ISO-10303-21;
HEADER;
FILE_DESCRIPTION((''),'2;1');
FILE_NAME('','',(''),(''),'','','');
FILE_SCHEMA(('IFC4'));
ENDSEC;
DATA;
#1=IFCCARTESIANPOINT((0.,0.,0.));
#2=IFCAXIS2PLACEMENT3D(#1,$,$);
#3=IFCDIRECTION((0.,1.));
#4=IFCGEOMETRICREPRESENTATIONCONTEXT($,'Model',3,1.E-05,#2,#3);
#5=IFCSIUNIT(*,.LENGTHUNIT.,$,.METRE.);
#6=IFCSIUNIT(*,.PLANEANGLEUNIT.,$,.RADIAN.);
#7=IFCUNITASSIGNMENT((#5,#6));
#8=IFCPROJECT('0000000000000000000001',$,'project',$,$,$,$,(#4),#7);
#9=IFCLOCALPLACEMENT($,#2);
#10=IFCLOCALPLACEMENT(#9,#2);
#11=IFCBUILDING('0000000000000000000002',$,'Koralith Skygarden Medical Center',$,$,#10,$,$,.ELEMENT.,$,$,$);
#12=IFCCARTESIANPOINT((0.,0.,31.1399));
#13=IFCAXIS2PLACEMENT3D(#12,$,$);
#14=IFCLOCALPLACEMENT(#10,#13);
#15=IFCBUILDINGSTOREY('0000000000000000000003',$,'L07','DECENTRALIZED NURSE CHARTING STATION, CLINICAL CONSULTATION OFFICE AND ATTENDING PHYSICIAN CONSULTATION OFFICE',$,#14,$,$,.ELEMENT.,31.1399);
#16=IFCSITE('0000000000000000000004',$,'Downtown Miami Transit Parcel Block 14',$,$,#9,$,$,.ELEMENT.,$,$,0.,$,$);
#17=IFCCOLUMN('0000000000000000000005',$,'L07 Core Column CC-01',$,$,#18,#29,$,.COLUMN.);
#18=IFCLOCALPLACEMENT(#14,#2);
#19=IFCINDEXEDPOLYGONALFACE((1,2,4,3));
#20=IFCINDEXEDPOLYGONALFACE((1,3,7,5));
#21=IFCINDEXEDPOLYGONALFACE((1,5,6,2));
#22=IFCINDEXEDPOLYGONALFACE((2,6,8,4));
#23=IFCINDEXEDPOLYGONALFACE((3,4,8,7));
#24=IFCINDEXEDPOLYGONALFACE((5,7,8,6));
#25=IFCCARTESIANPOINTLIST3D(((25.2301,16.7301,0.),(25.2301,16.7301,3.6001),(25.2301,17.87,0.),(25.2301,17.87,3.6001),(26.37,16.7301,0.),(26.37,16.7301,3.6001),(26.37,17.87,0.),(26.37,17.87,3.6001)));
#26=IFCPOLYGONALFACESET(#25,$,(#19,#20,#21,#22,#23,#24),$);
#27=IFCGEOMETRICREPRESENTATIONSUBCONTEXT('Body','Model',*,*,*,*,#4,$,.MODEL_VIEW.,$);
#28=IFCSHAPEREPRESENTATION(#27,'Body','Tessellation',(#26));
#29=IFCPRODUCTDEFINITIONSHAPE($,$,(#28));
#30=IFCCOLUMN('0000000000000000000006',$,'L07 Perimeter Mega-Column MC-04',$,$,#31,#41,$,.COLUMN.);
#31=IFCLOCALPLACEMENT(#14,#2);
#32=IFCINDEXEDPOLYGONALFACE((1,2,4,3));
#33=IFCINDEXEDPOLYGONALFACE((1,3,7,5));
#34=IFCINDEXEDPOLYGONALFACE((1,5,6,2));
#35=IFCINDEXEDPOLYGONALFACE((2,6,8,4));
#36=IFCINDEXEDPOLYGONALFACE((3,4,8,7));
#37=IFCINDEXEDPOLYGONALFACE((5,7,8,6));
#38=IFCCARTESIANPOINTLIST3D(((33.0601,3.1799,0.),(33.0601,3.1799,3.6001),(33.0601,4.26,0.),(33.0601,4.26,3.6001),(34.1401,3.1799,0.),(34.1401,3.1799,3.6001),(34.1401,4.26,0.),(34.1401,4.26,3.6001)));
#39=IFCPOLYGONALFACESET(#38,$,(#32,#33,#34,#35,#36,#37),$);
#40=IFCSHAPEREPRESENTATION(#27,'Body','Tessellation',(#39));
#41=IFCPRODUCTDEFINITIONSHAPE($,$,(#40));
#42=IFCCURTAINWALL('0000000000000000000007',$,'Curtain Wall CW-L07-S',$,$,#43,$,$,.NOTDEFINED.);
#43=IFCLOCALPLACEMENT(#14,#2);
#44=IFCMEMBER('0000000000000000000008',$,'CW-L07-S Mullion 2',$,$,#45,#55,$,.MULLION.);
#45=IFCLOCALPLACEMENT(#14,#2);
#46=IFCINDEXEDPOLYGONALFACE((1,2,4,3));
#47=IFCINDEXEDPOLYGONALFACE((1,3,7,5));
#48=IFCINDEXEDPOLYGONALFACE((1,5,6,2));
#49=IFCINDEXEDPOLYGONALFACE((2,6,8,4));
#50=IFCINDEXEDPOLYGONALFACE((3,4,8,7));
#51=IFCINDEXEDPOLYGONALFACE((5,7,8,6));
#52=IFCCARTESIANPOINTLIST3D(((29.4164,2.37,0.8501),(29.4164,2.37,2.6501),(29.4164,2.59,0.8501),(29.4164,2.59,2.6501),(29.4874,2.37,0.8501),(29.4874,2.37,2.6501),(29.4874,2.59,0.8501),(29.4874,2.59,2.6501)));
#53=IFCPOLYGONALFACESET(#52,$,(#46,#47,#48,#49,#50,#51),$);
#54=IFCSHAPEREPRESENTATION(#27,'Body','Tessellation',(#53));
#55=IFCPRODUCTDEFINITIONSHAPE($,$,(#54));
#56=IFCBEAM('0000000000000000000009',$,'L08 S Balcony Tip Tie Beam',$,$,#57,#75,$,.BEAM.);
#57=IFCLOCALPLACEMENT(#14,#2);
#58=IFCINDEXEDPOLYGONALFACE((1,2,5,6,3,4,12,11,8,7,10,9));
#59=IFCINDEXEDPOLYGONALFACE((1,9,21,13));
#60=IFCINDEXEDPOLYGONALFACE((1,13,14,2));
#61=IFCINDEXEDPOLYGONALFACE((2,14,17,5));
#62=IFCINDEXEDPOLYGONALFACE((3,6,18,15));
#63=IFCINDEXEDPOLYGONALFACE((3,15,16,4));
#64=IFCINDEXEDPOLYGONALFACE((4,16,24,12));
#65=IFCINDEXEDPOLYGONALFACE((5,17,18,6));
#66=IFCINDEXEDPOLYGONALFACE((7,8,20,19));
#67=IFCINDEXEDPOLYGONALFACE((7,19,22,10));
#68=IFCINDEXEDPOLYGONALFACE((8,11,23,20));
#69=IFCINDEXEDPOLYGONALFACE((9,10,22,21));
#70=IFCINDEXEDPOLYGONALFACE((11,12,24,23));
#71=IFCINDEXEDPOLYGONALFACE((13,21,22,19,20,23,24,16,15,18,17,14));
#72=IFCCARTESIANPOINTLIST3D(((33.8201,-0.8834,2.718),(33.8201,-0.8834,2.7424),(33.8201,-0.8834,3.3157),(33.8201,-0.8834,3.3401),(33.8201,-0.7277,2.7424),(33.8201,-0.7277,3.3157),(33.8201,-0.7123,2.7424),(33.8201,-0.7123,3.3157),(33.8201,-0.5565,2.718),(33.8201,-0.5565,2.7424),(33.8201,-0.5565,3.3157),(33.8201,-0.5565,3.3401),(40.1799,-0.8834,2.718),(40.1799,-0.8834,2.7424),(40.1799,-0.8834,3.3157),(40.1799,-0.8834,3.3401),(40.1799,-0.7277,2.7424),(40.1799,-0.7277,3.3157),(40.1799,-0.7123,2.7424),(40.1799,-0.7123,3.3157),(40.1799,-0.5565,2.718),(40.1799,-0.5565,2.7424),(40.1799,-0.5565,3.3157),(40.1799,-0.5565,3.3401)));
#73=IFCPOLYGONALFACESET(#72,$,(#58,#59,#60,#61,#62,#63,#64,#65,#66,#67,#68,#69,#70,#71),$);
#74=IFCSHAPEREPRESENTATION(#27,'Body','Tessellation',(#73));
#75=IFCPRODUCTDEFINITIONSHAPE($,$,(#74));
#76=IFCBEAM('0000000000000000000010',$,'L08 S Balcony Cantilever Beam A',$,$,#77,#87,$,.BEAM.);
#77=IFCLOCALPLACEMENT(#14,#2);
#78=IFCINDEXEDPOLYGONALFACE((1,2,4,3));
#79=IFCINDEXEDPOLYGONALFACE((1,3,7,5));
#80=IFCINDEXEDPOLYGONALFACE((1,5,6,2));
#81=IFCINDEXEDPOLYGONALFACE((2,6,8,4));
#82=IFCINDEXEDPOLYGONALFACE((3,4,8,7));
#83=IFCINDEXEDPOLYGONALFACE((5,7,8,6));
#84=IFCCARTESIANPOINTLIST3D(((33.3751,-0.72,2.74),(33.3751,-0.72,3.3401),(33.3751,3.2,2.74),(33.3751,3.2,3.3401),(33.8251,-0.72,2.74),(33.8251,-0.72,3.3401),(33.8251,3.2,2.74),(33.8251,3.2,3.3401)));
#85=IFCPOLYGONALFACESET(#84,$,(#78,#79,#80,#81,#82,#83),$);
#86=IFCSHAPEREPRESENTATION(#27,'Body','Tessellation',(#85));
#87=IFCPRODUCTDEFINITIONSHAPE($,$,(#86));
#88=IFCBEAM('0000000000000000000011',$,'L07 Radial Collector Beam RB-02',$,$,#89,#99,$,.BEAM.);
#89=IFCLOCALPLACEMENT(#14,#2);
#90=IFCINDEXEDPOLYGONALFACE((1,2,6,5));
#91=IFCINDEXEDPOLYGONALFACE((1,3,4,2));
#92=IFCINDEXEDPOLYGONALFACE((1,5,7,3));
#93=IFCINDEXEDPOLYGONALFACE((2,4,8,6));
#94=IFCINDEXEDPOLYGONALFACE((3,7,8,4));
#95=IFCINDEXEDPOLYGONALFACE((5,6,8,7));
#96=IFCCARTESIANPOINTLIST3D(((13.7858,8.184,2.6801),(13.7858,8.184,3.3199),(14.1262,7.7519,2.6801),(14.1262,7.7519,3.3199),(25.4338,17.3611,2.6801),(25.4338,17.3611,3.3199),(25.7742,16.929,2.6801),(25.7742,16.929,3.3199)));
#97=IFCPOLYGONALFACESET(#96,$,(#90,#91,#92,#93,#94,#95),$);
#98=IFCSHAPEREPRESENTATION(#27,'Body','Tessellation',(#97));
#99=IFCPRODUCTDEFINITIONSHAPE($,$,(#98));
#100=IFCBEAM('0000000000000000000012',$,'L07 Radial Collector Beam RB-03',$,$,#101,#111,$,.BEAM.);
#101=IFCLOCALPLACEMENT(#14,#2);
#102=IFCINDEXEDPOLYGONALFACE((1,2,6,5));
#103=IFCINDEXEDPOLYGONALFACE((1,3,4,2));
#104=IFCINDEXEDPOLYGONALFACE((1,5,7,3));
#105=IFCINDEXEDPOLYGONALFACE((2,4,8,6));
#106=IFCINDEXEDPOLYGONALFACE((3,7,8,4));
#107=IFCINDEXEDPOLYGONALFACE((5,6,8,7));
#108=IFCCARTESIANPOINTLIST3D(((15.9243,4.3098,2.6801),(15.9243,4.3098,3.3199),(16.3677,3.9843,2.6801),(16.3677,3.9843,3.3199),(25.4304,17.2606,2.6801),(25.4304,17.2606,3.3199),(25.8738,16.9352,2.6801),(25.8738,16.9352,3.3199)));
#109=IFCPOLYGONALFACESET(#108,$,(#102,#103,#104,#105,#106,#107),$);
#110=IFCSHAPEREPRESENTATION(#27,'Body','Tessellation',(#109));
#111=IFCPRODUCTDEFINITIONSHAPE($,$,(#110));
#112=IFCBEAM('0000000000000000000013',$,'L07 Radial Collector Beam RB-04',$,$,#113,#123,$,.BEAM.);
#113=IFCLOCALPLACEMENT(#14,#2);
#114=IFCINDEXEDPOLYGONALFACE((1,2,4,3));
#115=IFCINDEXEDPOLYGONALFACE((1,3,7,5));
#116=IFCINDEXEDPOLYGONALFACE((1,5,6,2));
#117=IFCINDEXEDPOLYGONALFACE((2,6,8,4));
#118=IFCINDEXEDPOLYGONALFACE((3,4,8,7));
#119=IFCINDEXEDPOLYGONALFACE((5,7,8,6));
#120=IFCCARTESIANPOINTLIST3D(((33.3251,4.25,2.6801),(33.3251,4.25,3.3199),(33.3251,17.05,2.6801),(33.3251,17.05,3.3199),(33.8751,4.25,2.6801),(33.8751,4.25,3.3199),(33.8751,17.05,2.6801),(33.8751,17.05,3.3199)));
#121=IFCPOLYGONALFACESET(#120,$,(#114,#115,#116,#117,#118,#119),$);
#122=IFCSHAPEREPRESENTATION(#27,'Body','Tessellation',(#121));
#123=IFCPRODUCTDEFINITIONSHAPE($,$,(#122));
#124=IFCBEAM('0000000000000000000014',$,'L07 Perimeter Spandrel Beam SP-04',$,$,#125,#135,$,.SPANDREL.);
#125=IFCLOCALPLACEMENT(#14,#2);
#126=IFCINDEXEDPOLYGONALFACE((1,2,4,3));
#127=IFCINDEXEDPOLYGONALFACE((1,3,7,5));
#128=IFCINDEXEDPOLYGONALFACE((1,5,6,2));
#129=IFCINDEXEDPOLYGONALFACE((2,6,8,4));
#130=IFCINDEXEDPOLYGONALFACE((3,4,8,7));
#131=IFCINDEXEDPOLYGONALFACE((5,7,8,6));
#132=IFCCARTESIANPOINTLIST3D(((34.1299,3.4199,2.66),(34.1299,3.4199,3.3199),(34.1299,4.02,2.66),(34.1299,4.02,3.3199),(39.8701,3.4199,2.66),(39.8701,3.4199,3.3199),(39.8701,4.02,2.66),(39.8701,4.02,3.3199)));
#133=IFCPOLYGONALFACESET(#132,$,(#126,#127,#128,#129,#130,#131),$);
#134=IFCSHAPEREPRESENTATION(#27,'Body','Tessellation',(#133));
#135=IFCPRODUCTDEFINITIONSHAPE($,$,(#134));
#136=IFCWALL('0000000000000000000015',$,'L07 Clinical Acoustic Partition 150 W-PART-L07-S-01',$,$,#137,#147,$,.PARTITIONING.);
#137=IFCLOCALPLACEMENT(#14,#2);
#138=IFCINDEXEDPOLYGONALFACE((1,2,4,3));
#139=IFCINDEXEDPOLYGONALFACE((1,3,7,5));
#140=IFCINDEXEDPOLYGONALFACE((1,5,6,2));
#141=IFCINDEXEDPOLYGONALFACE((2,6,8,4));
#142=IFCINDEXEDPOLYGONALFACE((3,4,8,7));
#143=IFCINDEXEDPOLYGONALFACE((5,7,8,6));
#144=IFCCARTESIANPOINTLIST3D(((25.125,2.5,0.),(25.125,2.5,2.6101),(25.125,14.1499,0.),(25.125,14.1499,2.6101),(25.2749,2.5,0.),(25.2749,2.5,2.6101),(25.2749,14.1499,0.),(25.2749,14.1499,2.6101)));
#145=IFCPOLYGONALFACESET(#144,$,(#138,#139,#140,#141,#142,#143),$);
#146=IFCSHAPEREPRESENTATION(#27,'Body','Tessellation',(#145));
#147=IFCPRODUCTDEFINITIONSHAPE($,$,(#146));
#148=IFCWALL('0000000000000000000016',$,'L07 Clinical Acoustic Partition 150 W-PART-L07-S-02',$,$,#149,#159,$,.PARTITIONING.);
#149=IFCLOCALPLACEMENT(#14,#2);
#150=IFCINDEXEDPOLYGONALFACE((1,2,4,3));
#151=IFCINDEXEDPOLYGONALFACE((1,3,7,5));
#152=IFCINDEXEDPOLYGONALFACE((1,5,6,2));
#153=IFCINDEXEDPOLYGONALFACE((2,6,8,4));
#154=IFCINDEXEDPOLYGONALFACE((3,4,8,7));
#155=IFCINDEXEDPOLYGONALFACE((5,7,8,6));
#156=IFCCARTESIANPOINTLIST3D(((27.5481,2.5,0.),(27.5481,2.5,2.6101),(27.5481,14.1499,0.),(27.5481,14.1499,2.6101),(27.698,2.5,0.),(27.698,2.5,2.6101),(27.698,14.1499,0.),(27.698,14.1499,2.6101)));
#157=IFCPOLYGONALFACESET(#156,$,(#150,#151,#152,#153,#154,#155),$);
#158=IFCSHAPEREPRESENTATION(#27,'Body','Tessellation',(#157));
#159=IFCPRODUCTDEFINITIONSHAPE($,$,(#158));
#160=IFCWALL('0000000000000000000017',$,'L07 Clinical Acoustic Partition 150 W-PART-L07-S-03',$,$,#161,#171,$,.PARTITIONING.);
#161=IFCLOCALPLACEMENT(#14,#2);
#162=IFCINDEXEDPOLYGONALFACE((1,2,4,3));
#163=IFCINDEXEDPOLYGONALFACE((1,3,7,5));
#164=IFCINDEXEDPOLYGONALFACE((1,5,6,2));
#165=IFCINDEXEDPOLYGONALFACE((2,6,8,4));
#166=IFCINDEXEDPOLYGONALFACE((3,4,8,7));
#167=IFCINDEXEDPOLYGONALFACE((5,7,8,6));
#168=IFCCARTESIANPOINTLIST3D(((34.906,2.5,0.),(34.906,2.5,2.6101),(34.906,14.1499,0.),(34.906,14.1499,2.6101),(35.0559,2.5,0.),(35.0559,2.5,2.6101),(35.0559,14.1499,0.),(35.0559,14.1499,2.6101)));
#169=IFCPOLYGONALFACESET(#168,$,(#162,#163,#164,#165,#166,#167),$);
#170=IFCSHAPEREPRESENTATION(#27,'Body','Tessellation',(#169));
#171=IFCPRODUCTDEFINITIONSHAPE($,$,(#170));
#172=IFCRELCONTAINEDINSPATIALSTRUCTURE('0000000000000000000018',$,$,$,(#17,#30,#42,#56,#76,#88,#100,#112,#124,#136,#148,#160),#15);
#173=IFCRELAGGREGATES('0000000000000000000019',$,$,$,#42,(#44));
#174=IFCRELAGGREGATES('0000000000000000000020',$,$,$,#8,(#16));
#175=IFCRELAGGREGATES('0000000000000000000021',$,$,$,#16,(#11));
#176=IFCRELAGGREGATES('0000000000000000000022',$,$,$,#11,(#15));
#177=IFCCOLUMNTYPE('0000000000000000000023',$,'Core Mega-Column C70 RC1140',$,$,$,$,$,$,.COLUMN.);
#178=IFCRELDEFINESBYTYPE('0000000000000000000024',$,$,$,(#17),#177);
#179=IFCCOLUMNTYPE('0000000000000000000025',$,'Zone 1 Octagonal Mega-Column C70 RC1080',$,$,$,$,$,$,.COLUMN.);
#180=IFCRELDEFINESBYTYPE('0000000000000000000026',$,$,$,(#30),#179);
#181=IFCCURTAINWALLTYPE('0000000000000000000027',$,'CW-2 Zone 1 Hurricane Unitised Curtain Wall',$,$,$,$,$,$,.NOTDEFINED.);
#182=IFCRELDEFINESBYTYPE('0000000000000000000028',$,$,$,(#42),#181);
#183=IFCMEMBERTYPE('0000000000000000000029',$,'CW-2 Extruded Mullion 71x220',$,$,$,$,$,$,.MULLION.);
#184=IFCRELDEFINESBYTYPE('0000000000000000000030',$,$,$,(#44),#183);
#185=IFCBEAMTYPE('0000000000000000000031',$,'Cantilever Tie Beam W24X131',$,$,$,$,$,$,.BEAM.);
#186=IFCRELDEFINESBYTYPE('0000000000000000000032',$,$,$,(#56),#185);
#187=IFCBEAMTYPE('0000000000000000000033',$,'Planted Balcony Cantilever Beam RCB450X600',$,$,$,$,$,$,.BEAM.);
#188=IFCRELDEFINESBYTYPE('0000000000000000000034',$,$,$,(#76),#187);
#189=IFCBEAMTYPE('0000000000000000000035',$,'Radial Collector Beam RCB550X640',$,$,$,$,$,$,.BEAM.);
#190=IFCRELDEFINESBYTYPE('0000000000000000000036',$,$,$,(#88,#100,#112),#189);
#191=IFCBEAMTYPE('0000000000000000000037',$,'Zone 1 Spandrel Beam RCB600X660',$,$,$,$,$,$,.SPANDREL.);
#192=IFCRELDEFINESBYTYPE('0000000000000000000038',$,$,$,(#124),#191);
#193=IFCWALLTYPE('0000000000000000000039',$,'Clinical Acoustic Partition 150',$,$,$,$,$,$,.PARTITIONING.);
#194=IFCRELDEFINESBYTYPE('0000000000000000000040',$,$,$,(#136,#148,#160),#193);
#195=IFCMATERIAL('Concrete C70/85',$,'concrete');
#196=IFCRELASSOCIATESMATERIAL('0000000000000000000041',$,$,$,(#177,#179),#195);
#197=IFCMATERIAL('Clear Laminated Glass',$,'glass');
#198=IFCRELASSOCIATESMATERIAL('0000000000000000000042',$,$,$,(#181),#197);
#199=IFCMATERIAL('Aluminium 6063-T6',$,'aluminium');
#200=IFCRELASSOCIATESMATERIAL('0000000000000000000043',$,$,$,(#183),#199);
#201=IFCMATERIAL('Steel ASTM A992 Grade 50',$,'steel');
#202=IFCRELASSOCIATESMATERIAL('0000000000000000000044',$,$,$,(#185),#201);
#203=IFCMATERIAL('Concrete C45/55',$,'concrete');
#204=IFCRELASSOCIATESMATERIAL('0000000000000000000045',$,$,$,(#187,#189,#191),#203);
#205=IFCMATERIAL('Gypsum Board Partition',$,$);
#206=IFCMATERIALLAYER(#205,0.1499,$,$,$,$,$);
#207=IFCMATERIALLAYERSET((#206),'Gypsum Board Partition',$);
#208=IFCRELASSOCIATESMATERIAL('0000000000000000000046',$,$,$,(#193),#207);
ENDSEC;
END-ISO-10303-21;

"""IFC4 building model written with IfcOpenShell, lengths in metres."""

from ifc_helpers import new_model, si_unit, direction, frame, frame_2d, origin, origin_2d, place, context, subcontext, project, spatial, rectangle, i_section, extrude, material, layer, layer_set, material_profile, profile_set, type_object, element, aggregate, save


model = new_model("IFC4")

# Units and contexts
model_context = context("Model", 3, precision=1e-05, world=origin(), true_north=direction((0.0, 1.0)))
body_context = subcontext(model_context, "Body", "Model", "MODEL_VIEW")
ifc_project = project(units=[si_unit("LENGTHUNIT", "METRE"), si_unit("PLANEANGLEUNIT", "RADIAN")], contexts=[model_context])

# Site, building, storey
site_placement = place(None, origin())
site = spatial("IfcSite", under=ifc_project, at=site_placement, Name="Downtown Miami Transit Parcel Block 14", CompositionType="ELEMENT", RefElevation=0.0)
building_placement = place(site_placement, origin())
building = spatial("IfcBuilding", under=site, at=building_placement, Name="Koralith Skygarden Medical Center", CompositionType="ELEMENT")
storey_placement = place(building_placement, frame((0.0, 0.0, 31.1399)))
storey = spatial("IfcBuildingStorey", under=building, at=storey_placement, Name="L07", Description="DECENTRALIZED NURSE CHARTING STATION, CLINICAL CONSULTATION OFFICE AND ATTENDING PHYSICIAN CONSULTATION OFFICE", CompositionType="ELEMENT", Elevation=31.1399)

# Columns
ifc_material_1 = material(Name="Concrete C70/85", Category="concrete")
ifc_material_profile_1 = material_profile(ifc_material_1, rectangle(XDim=1.1399, YDim=1.1399, at=origin_2d()), Name="RC1140X1140")
ifc_profile_set_1 = profile_set([ifc_material_profile_1], Name="Concrete C70/85")
column_type_1 = type_object("IfcColumnType", Name="Core Mega-Column C70 RC1140", PredefinedType="COLUMN", material=ifc_profile_set_1)
column_1_placement = place(storey_placement, frame((25.8, 17.3, 0.0), z_axis=(0.0, 0.0, 1.0), x_axis=(1.0, 0.0, 0.0)))
element("IfcColumn", 1, at=column_1_placement, inside=storey, type_object=column_type_1, Name="L07 Core Column CC-01", PredefinedType="COLUMN", context=body_context, shape_type="SweptSolid", body=[
    extrude(rectangle(XDim=1.1399, YDim=1.1399, at=origin_2d()), origin(), (0.0, 0.0, 1.0), 3.6001),
])
ifc_material_profile_2 = material_profile(ifc_material_1, rectangle(XDim=1.0801, YDim=1.0801, at=origin_2d()), Name="RC1080X1080")
ifc_profile_set_2 = profile_set([ifc_material_profile_2], Name="Concrete C70/85")
column_type_2 = type_object("IfcColumnType", Name="Zone 1 Octagonal Mega-Column C70 RC1080", PredefinedType="COLUMN", material=ifc_profile_set_2)
column_2_placement = place(storey_placement, frame((33.6001, 3.72, 0.0), z_axis=(0.0, 0.0, 1.0), x_axis=(1.0, 0.0, 0.0)))
element("IfcColumn", 2, at=column_2_placement, inside=storey, type_object=column_type_2, Name="L07 Perimeter Mega-Column MC-04", PredefinedType="COLUMN", context=body_context, shape_type="SweptSolid", body=[
    extrude(rectangle(XDim=1.0801, YDim=1.0801, at=origin_2d()), origin(), (0.0, 0.0, 1.0), 3.6001),
])

# Curtain wall, member
ifc_material_2 = material(Name="Clear Laminated Glass", Category="glass")
curtain_wall_type = type_object("IfcCurtainWallType", Name="CW-2 Zone 1 Hurricane Unitised Curtain Wall", PredefinedType="NOTDEFINED", material=ifc_material_2)
curtain_wall_placement = place(storey_placement, origin())
curtain_wall = element("IfcCurtainWall", 3, at=curtain_wall_placement, inside=storey, type_object=curtain_wall_type, Name="Curtain Wall CW-L07-S", PredefinedType="NOTDEFINED")
ifc_material_3 = material(Name="Aluminium 6063-T6", Category="aluminium")
ifc_material_profile_3 = material_profile(ifc_material_3, rectangle(XDim=0.071, YDim=0.22, at=origin_2d()), Name="MUL71X220")
ifc_profile_set_3 = profile_set([ifc_material_profile_3], Name="Aluminium 6063-T6")
member_type = type_object("IfcMemberType", Name="CW-2 Extruded Mullion 71x220", PredefinedType="MULLION", material=ifc_profile_set_3)
member_placement = place(storey_placement, frame((29.4519, 2.48, 0.8501), z_axis=(0.0, 0.0, 1.0), x_axis=(1.0, 0.0, 0.0)))
member = element("IfcMember", 4, at=member_placement, type_object=member_type, Name="CW-L07-S Mullion 2", PredefinedType="MULLION", context=body_context, shape_type="SweptSolid", body=[
    extrude(rectangle(XDim=0.071, YDim=0.22, at=origin_2d()), origin(), (0.0, 0.0, 1.0), 1.8),
])
aggregate(curtain_wall, [member])

# Beams
ifc_material_4 = material(Name="Steel ASTM A992 Grade 50", Category="steel")
ifc_material_profile_4 = material_profile(ifc_material_4, i_section(OverallWidth=0.3269, OverallDepth=0.6221, WebThickness=0.0154, FlangeThickness=0.0244, at=origin_2d()), Name="W24X131")
ifc_profile_set_4 = profile_set([ifc_material_profile_4], Name="Steel ASTM A992 Grade 50")
beam_type_1 = type_object("IfcBeamType", Name="Cantilever Tie Beam W24X131", PredefinedType="BEAM", material=ifc_profile_set_4)
beam_1_placement = place(storey_placement, frame((33.8201, -0.72, 3.0291), z_axis=(1.0, 0.0, 0.0), x_axis=(0.0, 1.0, 0.0)))
element("IfcBeam", 5, at=beam_1_placement, inside=storey, type_object=beam_type_1, Name="L08 S Balcony Tip Tie Beam", PredefinedType="BEAM", context=body_context, shape_type="SweptSolid", body=[
    extrude(i_section(OverallWidth=0.3269, OverallDepth=0.6221, WebThickness=0.0154, FlangeThickness=0.0244, at=origin_2d()), origin(), (0.0, 0.0, 1.0), 6.3599),
])
ifc_material_5 = material(Name="Concrete C45/55", Category="concrete")
ifc_material_profile_5 = material_profile(ifc_material_5, rectangle(XDim=0.45, YDim=0.6001, at=origin_2d()), Name="RCB450X600")
ifc_profile_set_5 = profile_set([ifc_material_profile_5], Name="Concrete C45/55")
beam_type_2 = type_object("IfcBeamType", Name="Planted Balcony Cantilever Beam RCB450X600", PredefinedType="BEAM", material=ifc_profile_set_5)
beam_2_placement = place(storey_placement, frame((33.6001, 3.2, 3.04), z_axis=(0.0, -1.0, 0.0), x_axis=(1.0, 0.0, 0.0)))
element("IfcBeam", 6, at=beam_2_placement, inside=storey, type_object=beam_type_2, Name="L08 S Balcony Cantilever Beam A", PredefinedType="BEAM", context=body_context, shape_type="SweptSolid", body=[
    extrude(rectangle(XDim=0.45, YDim=0.6001, at=origin_2d()), origin(), (0.0, 0.0, 1.0), 3.9199),
])
ifc_material_profile_6 = material_profile(ifc_material_5, rectangle(XDim=0.55, YDim=0.6399, at=origin_2d()), Name="RCB550X640")
ifc_profile_set_6 = profile_set([ifc_material_profile_6], Name="Concrete C45/55")
beam_type_3 = type_object("IfcBeamType", Name="Radial Collector Beam RCB550X640", PredefinedType="BEAM", material=ifc_profile_set_6)
beam_3_placement = place(storey_placement, frame((25.604, 17.145, 3.0), z_axis=(-0.785497, -0.618865, 0.0), x_axis=(0.618865, -0.785497, 0.0)))
element("IfcBeam", 7, at=beam_3_placement, inside=storey, type_object=beam_type_3, Name="L07 Radial Collector Beam RB-02", PredefinedType="BEAM", context=body_context, shape_type="SweptSolid", body=[
    extrude(rectangle(XDim=0.55, YDim=0.6399, at=origin_2d()), origin(), (0.0, 0.0, 1.0), 14.8289),
])
beam_4_placement = place(storey_placement, frame((25.6521, 17.0979, 3.0), z_axis=(-0.591718, -0.806145, 0.0), x_axis=(0.806145, -0.591718, 0.0)))
element("IfcBeam", 8, at=beam_4_placement, inside=storey, type_object=beam_type_3, Name="L07 Radial Collector Beam RB-03", PredefinedType="BEAM", context=body_context, shape_type="SweptSolid", body=[
    extrude(rectangle(XDim=0.55, YDim=0.6399, at=origin_2d()), origin(), (0.0, 0.0, 1.0), 16.0652),
])
beam_5_placement = place(storey_placement, frame((33.6001, 17.05, 3.0), z_axis=(0.0, -1.0, 0.0), x_axis=(1.0, 0.0, 0.0)))
element("IfcBeam", 9, at=beam_5_placement, inside=storey, type_object=beam_type_3, Name="L07 Radial Collector Beam RB-04", PredefinedType="BEAM", context=body_context, shape_type="SweptSolid", body=[
    extrude(rectangle(XDim=0.55, YDim=0.6399, at=origin_2d()), origin(), (0.0, 0.0, 1.0), 12.8),
])
ifc_material_profile_7 = material_profile(ifc_material_5, rectangle(XDim=0.6001, YDim=0.6599, at=origin_2d()), Name="RCB600X660")
ifc_profile_set_7 = profile_set([ifc_material_profile_7], Name="Concrete C45/55")
beam_type_4 = type_object("IfcBeamType", Name="Zone 1 Spandrel Beam RCB600X660", PredefinedType="SPANDREL", material=ifc_profile_set_7)
beam_6_placement = place(storey_placement, frame((34.1299, 3.72, 2.99), z_axis=(1.0, 0.0, 0.0), x_axis=(0.0, 1.0, 0.0)))
element("IfcBeam", 10, at=beam_6_placement, inside=storey, type_object=beam_type_4, Name="L07 Perimeter Spandrel Beam SP-04", PredefinedType="SPANDREL", context=body_context, shape_type="SweptSolid", body=[
    extrude(rectangle(XDim=0.6001, YDim=0.6599, at=origin_2d()), origin(), (0.0, 0.0, 1.0), 5.7402),
])

# Walls
ifc_material_6 = material(Name="Gypsum Board Partition")
ifc_layer_1 = layer(ifc_material_6, 0.1499)
ifc_layer_set_1 = layer_set([ifc_layer_1], Name="Gypsum Board Partition")
wall_type_1 = type_object("IfcWallType", Name="Clinical Acoustic Partition 150", PredefinedType="PARTITIONING", material=ifc_layer_set_1)
for number, where, z_axis, x_axis, name in (
    (11, (25.2, 14.1499, 0.0), (0.0, 0.0, 1.0), (0.0, -1.0, 0.0), "L07 Clinical Acoustic Partition 150 W-PART-L07-S-01"),
    (12, (27.623, 14.1499, 0.0), (0.0, 0.0, 1.0), (0.0, -1.0, 0.0), "L07 Clinical Acoustic Partition 150 W-PART-L07-S-02"),
    (13, (34.981, 14.1499, 0.0), (0.0, 0.0, 1.0), (0.0, -1.0, 0.0), "L07 Clinical Acoustic Partition 150 W-PART-L07-S-03"),
):
    element("IfcWall", number, at=place(storey_placement, frame(where, z_axis=z_axis, x_axis=x_axis)), inside=storey, type_object=wall_type_1, Name=name, PredefinedType="PARTITIONING", context=body_context, shape_type="SweptSolid", body=[
        extrude(rectangle(XDim=11.6499, YDim=0.1499, at=frame_2d((5.825, 0.0))), origin(), (0.0, 0.0, 1.0), 2.6101),
    ])

save(model, "model.ifc")
